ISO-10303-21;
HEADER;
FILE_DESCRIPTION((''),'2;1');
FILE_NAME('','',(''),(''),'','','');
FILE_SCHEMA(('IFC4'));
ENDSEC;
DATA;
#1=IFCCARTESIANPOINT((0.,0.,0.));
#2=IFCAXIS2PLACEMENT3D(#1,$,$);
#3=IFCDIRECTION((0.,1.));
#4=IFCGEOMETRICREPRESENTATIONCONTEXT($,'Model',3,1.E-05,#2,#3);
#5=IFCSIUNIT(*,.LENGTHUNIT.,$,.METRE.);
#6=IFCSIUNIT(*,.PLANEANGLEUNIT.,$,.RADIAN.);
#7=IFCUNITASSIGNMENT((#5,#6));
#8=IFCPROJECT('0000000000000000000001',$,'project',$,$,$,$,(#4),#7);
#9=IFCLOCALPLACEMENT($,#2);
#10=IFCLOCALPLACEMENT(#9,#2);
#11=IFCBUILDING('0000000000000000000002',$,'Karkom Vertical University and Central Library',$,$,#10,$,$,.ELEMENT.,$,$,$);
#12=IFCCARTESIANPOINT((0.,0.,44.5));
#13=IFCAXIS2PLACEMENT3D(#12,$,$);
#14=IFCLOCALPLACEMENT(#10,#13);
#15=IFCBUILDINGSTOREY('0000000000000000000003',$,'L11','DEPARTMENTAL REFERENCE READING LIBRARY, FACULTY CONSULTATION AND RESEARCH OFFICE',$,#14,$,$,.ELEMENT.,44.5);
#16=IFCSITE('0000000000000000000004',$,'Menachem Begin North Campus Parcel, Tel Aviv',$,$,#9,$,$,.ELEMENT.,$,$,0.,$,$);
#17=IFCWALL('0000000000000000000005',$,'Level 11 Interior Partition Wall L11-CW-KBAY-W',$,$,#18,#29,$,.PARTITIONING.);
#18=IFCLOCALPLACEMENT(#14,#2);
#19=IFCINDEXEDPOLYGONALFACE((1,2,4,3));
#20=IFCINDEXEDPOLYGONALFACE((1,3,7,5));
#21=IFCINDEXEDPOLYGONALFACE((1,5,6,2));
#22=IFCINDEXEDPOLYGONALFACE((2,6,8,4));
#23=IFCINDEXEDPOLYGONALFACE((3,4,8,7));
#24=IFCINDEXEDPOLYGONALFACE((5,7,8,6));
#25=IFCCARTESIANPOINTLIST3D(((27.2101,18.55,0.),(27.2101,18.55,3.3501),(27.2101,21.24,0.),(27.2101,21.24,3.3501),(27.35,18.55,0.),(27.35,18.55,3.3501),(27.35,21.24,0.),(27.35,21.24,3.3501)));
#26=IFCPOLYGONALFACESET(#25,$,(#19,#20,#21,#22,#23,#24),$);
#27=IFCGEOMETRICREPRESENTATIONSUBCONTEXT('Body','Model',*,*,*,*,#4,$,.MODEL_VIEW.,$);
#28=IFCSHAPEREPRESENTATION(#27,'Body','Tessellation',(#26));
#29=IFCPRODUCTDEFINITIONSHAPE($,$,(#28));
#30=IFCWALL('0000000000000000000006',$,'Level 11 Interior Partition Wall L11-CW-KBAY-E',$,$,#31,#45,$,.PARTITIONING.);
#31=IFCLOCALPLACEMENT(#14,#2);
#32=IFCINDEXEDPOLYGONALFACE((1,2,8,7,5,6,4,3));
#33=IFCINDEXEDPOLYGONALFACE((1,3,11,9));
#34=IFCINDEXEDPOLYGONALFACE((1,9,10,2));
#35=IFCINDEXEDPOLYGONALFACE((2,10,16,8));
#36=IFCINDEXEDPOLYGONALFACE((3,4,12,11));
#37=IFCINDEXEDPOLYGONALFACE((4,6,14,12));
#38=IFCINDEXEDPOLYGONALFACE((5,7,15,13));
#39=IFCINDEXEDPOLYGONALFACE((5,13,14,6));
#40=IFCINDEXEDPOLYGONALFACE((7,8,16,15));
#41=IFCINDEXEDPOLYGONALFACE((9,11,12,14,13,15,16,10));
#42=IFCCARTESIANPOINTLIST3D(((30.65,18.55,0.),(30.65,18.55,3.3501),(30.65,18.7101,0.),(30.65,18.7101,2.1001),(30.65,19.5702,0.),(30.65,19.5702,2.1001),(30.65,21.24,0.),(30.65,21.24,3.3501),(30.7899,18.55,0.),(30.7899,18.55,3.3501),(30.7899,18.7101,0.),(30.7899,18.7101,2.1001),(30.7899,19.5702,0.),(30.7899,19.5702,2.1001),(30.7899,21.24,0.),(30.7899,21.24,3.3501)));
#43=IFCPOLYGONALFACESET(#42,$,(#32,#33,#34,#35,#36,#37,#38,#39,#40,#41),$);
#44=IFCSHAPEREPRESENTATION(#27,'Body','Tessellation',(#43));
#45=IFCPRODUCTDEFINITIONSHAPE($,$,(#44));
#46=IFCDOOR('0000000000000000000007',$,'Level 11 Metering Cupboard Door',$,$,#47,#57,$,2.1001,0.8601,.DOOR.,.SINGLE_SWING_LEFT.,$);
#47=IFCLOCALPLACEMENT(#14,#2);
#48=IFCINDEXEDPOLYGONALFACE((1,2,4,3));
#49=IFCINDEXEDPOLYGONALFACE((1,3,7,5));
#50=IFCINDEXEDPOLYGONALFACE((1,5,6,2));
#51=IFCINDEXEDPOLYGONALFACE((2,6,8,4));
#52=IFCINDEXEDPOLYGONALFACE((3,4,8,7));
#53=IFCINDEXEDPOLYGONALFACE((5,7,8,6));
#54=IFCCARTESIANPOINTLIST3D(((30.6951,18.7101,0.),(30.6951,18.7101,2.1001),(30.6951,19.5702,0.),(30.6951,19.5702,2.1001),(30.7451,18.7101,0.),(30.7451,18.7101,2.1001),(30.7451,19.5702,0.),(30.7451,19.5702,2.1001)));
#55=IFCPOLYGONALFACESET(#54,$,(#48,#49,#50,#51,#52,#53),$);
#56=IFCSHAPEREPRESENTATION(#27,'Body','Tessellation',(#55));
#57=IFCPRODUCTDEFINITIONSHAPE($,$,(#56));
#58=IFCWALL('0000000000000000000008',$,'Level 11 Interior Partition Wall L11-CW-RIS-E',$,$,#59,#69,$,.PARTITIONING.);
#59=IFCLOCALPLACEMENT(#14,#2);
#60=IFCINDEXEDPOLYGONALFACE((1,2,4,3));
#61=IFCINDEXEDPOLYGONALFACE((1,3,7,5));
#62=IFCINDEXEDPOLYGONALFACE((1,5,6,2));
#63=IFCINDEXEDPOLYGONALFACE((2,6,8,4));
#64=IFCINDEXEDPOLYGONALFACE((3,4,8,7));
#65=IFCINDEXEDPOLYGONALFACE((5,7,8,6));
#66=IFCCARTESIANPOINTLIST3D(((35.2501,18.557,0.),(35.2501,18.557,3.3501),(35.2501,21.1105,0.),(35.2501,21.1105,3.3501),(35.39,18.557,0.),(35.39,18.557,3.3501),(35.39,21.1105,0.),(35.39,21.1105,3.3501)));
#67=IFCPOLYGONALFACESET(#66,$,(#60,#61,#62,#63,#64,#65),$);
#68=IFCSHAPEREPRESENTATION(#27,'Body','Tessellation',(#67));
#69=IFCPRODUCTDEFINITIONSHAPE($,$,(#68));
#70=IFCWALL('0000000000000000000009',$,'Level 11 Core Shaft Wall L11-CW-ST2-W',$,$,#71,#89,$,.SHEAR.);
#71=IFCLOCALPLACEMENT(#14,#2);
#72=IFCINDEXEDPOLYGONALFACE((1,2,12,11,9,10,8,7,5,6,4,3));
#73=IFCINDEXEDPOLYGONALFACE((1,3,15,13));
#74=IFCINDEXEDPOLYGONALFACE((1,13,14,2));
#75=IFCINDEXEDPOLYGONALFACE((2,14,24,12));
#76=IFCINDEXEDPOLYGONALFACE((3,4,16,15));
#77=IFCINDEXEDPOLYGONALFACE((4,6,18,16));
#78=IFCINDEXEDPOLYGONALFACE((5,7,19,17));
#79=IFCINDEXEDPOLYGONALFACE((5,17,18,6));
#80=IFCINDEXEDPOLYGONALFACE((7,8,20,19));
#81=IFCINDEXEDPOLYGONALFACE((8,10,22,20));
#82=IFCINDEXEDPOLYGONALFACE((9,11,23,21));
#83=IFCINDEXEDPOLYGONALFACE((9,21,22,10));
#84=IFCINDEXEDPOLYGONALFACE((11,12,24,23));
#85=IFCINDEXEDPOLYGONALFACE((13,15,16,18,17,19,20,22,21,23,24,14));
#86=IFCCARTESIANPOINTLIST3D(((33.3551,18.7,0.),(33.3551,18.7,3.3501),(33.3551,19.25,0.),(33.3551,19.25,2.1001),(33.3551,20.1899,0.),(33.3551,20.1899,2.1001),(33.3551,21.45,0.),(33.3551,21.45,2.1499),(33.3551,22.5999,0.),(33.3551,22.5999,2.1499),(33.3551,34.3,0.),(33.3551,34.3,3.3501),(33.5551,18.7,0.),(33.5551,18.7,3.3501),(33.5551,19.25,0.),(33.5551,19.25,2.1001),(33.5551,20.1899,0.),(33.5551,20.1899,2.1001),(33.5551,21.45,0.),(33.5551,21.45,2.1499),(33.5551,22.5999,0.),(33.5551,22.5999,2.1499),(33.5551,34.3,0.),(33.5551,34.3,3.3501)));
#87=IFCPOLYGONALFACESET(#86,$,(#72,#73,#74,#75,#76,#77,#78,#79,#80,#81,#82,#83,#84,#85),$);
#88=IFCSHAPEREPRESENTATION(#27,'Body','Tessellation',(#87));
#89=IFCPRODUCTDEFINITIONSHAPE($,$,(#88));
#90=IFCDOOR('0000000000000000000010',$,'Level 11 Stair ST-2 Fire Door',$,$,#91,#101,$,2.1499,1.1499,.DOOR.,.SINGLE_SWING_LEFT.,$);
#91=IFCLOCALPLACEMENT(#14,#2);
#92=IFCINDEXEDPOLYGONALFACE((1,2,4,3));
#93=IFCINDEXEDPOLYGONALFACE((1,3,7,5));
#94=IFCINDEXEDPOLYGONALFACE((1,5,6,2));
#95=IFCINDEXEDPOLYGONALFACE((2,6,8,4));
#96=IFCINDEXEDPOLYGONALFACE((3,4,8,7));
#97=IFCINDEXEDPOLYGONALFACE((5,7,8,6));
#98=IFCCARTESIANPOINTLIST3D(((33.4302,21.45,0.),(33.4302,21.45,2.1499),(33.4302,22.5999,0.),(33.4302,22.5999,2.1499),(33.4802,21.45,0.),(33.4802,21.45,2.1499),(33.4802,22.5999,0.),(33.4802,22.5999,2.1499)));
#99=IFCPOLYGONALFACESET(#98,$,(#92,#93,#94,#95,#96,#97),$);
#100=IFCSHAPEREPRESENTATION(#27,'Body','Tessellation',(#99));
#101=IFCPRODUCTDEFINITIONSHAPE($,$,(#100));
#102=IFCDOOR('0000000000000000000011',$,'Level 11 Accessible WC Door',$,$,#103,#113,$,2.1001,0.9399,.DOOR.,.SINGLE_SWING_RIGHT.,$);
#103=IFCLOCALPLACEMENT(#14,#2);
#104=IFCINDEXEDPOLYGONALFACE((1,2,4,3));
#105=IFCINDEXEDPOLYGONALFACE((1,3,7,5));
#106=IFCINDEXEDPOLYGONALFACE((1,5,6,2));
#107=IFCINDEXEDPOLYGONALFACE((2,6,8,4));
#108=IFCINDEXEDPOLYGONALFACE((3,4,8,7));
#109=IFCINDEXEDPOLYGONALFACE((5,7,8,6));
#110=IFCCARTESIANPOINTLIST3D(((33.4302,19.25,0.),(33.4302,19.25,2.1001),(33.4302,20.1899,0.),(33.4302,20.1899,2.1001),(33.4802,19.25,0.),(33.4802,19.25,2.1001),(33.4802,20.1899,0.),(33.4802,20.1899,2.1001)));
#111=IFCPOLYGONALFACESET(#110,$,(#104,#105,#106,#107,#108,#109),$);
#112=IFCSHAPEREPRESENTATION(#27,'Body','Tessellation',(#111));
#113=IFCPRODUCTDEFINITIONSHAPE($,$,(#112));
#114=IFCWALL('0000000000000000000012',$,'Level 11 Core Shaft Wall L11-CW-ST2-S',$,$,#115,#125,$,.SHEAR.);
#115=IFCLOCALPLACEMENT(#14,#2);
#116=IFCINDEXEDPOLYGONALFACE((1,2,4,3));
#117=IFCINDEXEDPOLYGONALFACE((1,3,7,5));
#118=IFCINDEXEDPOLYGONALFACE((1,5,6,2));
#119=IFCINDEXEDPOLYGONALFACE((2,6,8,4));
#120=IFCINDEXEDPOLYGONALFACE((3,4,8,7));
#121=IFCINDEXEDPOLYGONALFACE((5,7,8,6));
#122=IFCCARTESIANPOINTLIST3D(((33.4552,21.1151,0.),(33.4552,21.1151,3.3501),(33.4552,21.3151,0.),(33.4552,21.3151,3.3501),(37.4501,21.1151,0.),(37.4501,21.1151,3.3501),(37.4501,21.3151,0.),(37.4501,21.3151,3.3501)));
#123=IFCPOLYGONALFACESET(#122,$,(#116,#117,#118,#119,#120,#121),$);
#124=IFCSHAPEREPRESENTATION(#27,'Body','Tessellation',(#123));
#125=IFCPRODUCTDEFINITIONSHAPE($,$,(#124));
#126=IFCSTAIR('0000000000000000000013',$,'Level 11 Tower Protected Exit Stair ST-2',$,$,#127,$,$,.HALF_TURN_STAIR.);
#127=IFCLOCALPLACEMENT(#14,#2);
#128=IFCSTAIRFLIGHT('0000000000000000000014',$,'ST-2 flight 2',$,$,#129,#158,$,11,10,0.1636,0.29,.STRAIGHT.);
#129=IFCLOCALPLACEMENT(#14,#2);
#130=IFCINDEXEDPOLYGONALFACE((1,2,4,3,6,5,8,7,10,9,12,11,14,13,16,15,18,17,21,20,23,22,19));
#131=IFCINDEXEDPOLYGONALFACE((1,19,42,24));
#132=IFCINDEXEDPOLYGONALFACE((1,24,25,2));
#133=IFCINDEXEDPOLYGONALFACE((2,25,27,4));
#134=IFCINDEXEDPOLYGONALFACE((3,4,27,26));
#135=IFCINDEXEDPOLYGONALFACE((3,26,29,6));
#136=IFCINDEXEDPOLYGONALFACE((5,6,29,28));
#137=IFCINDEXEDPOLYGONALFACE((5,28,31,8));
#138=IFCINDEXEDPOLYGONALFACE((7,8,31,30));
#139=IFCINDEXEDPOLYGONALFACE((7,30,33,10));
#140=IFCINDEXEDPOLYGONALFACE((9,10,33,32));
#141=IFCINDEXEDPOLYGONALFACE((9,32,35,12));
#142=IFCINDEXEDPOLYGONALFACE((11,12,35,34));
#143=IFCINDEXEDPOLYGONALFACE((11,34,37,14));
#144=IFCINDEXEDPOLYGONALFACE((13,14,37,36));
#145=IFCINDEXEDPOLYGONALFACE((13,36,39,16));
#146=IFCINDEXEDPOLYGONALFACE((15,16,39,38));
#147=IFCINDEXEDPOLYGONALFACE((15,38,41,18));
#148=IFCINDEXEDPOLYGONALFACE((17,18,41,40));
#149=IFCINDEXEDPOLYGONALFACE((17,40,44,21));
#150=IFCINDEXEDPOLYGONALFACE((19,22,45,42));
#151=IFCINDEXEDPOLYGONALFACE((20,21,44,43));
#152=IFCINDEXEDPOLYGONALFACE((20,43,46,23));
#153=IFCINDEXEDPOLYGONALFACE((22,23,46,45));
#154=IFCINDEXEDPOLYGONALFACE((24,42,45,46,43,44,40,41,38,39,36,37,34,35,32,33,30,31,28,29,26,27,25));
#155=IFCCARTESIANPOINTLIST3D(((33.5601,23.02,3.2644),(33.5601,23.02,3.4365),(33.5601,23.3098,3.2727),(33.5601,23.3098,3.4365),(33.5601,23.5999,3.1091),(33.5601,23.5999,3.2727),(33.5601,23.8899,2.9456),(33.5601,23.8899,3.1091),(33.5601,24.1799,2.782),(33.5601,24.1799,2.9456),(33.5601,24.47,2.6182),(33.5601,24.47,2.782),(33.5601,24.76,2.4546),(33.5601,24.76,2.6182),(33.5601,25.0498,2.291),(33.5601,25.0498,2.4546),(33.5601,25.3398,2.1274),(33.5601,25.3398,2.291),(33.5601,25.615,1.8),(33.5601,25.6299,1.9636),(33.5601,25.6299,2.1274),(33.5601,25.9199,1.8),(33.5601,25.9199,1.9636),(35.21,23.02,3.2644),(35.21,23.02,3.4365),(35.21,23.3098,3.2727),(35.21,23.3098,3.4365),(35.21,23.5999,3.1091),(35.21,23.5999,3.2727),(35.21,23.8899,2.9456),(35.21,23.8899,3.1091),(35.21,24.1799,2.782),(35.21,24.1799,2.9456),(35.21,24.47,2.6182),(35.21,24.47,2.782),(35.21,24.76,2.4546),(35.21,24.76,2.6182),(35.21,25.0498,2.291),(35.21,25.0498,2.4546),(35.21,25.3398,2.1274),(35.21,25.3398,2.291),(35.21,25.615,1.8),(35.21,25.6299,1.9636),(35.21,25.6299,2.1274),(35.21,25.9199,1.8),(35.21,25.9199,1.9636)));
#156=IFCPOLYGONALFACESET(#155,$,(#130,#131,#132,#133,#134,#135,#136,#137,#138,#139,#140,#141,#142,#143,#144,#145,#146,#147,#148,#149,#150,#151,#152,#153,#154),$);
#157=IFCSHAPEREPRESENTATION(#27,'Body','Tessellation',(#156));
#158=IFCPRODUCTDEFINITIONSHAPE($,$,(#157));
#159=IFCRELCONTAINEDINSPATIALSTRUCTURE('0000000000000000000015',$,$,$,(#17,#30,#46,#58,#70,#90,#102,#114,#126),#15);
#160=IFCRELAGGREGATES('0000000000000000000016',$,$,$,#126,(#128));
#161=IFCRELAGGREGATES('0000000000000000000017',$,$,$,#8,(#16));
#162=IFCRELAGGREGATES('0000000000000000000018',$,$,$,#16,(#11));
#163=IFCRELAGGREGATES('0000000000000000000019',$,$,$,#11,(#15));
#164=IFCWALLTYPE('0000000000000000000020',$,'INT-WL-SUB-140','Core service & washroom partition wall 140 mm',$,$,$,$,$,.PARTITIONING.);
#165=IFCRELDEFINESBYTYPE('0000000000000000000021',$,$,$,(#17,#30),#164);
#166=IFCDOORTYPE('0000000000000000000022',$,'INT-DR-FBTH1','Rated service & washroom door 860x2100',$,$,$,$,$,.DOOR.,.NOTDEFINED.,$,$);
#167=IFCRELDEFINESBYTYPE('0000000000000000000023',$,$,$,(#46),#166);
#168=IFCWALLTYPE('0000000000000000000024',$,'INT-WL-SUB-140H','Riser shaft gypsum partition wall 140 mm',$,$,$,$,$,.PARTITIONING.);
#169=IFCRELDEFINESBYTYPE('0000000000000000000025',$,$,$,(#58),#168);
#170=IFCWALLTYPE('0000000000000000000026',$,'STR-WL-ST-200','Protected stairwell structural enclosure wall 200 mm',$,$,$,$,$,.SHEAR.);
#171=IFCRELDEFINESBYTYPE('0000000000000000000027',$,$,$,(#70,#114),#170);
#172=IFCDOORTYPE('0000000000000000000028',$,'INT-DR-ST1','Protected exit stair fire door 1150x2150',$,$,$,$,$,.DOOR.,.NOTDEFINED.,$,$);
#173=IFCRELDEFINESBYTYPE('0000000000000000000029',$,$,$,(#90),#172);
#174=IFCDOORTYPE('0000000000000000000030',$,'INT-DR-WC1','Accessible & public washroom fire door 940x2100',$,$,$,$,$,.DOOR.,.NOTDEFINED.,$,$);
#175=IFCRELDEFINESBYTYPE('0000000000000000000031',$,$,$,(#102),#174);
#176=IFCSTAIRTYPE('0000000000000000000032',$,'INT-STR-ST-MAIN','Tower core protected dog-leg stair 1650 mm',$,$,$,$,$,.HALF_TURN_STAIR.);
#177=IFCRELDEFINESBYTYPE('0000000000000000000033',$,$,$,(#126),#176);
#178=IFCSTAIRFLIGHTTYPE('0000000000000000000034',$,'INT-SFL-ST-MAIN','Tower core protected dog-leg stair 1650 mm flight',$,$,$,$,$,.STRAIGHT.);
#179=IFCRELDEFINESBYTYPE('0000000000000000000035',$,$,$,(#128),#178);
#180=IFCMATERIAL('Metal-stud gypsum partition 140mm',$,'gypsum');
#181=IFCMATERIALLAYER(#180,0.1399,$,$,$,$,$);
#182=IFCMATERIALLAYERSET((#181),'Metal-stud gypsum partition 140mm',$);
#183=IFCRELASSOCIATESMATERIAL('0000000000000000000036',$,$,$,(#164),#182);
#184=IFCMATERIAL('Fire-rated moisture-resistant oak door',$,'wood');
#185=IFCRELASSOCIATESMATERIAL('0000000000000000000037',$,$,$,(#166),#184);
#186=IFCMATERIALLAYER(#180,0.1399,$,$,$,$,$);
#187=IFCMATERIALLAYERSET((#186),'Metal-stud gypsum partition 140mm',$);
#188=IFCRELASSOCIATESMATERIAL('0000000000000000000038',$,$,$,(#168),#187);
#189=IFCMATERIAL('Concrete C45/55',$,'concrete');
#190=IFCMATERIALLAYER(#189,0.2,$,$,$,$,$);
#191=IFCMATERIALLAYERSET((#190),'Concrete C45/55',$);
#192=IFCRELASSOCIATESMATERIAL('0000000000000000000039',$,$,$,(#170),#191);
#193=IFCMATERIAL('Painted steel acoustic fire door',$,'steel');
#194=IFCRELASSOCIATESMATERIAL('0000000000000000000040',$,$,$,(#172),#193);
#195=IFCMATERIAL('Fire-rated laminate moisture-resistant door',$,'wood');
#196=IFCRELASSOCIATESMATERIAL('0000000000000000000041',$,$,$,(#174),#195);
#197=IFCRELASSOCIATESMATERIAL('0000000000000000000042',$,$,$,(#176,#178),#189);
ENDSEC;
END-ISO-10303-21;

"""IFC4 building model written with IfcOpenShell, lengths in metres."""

from ifc_helpers import new_model, si_unit, direction, frame, frame_2d, origin, origin_with_axes, place, context, subcontext, project, spatial, polyline, rectangle, outline, extrude, source, transform, mapped, material, layer, layer_set, type_object, element, fill, aggregate, save


model = new_model("IFC4")

# Units and contexts
model_context = context("Model", 3, precision=1e-05, world=origin(), true_north=direction((0.0, 1.0)))
body_context = subcontext(model_context, "Body", "Model", "MODEL_VIEW")
ifc_project = project(units=[si_unit("LENGTHUNIT", "METRE"), si_unit("PLANEANGLEUNIT", "RADIAN")], contexts=[model_context])

# Site, building, storey
site_placement = place(None, origin())
site = spatial("IfcSite", under=ifc_project, at=site_placement, Name="Menachem Begin North Campus Parcel, Tel Aviv", CompositionType="ELEMENT", RefElevation=0.0)
building_placement = place(site_placement, origin())
building = spatial("IfcBuilding", under=site, at=building_placement, Name="Karkom Vertical University and Central Library", CompositionType="ELEMENT")
storey_placement = place(building_placement, frame((0.0, 0.0, 44.5)))
storey = spatial("IfcBuildingStorey", under=building, at=storey_placement, Name="L11", Description="DEPARTMENTAL REFERENCE READING LIBRARY, FACULTY CONSULTATION AND RESEARCH OFFICE", CompositionType="ELEMENT", Elevation=44.5)

# Shared definitions
ifc_material_1 = material(Name="Metal-stud gypsum partition 140mm", Category="gypsum")
ifc_layer_1 = layer(ifc_material_1, 0.1399)
ifc_layer_set_1 = layer_set([ifc_layer_1], Name="Metal-stud gypsum partition 140mm")
wall_type_1 = type_object("IfcWallType", Name="INT-WL-SUB-140", Description="Core service & washroom partition wall 140 mm", PredefinedType="PARTITIONING", material=ifc_layer_set_1)

# Wall
wall_1_placement = place(storey_placement, frame((27.28, 18.55, 0.0), z_axis=(0.0, 0.0, 1.0), x_axis=(0.0, 1.0, 0.0)))
element("IfcWall", 1, at=wall_1_placement, inside=storey, type_object=wall_type_1, Name="Level 11 Interior Partition Wall L11-CW-KBAY-W", PredefinedType="PARTITIONING", context=body_context, shape_type="SweptSolid", body=[
    extrude(rectangle(XDim=2.6899, YDim=0.1399, at=frame_2d((1.345, 0.0))), origin(), (0.0, 0.0, 1.0), 3.3501),
])

# Wall, opening, door
wall_2_placement = place(storey_placement, frame((30.72, 18.55, 0.0), z_axis=(0.0, 0.0, 1.0), x_axis=(0.0, 1.0, 0.0)))
wall_2 = element("IfcWall", 2, at=wall_2_placement, inside=storey, type_object=wall_type_1, Name="Level 11 Interior Partition Wall L11-CW-KBAY-E", PredefinedType="PARTITIONING", context=body_context, shape_type="SweptSolid", body=[
    extrude(rectangle(XDim=2.6899, YDim=0.1399, at=frame_2d((1.345, 0.0))), origin(), (0.0, 0.0, 1.0), 3.3501),
])
opening_1_placement = place(wall_2_placement, frame((0.1599, 0.0, 0.0)))
opening_1 = element("IfcOpeningElement", 3, at=opening_1_placement, cuts=wall_2, PredefinedType="OPENING", context=body_context, shape_type="SweptSolid", body=[
    extrude(rectangle(XDim=0.8601, YDim=2.1001, at=frame_2d((0.4302, 1.05))), frame((0.0, 0.0801, 0.0), z_axis=(0.0, -1.0, 0.0), x_axis=(1.0, 0.0, 0.0)), (0.0, 0.0, 1.0), 0.1599),
])
ifc_material_2 = material(Name="Fire-rated moisture-resistant oak door", Category="wood")
door_type_1 = type_object("IfcDoorType", Name="INT-DR-FBTH1", Description="Rated service & washroom door 860x2100", OperationType="NOTDEFINED", PredefinedType="DOOR", material=ifc_material_2)
shared_shape_1 = source(origin_with_axes(), body_context, "Body", "SweptSolid", [
    extrude(rectangle(XDim=0.8601, YDim=2.1001, at=frame_2d((0.4302, 1.05))), frame((0.0, 0.0249, 0.0), z_axis=(0.0, -1.0, 0.0), x_axis=(1.0, 0.0, 0.0)), (0.0, 0.0, 1.0), 0.05),
])
door_1_placement = place(opening_1_placement, origin())
door_1 = element("IfcDoor", 4, at=door_1_placement, inside=storey, type_object=door_type_1, Name="Level 11 Metering Cupboard Door", OperationType="SINGLE_SWING_LEFT", OverallHeight=2.1001, OverallWidth=0.8601, PredefinedType="DOOR", context=body_context, shape_type="MappedRepresentation", body=[
    mapped(shared_shape_1, transform((0.0, 0.0, 0.0), scale=1.0)),
])
fill(opening_1, door_1)

# Wall
ifc_layer_2 = layer(ifc_material_1, 0.1399)
ifc_layer_set_2 = layer_set([ifc_layer_2], Name="Metal-stud gypsum partition 140mm")
wall_type_2 = type_object("IfcWallType", Name="INT-WL-SUB-140H", Description="Riser shaft gypsum partition wall 140 mm", PredefinedType="PARTITIONING", material=ifc_layer_set_2)
wall_3_placement = place(storey_placement, frame((35.3201, 18.5569, 0.0), z_axis=(0.0, 0.0, 1.0), x_axis=(0.0, 1.0, 0.0)))
element("IfcWall", 5, at=wall_3_placement, inside=storey, type_object=wall_type_2, Name="Level 11 Interior Partition Wall L11-CW-RIS-E", PredefinedType="PARTITIONING", context=body_context, shape_type="SweptSolid", body=[
    extrude(rectangle(XDim=2.5535, YDim=0.1399, at=frame_2d((1.2769, 0.0))), origin(), (0.0, 0.0, 1.0), 3.3501),
])

# Wall, openings, doors
ifc_material_3 = material(Name="Concrete C45/55", Category="concrete")
ifc_layer_3 = layer(ifc_material_3, 0.2)
ifc_layer_set_3 = layer_set([ifc_layer_3], Name="Concrete C45/55")
wall_type_3 = type_object("IfcWallType", Name="STR-WL-ST-200", Description="Protected stairwell structural enclosure wall 200 mm", PredefinedType="SHEAR", material=ifc_layer_set_3)
wall_4_placement = place(storey_placement, frame((33.4551, 18.7, 0.0), z_axis=(0.0, 0.0, 1.0), x_axis=(0.0, 1.0, 0.0)))
wall_4 = element("IfcWall", 6, at=wall_4_placement, inside=storey, type_object=wall_type_3, Name="Level 11 Core Shaft Wall L11-CW-ST2-W", PredefinedType="SHEAR", context=body_context, shape_type="SweptSolid", body=[
    extrude(rectangle(XDim=15.6001, YDim=0.2, at=frame_2d((7.8, 0.0))), origin(), (0.0, 0.0, 1.0), 3.3501),
])
opening_2_placement = place(wall_4_placement, frame((2.75, 0.0, 0.0)))
opening_2 = element("IfcOpeningElement", 7, at=opening_2_placement, cuts=wall_4, PredefinedType="OPENING", context=body_context, shape_type="SweptSolid", body=[
    extrude(rectangle(XDim=1.1499, YDim=2.1499, at=frame_2d((0.575, 1.075))), frame((0.0, 0.1099, 0.0), z_axis=(0.0, -1.0, 0.0), x_axis=(1.0, 0.0, 0.0)), (0.0, 0.0, 1.0), 0.22),
])
opening_3_placement = place(wall_4_placement, frame((0.55, 0.0, 0.0)))
opening_3 = element("IfcOpeningElement", 8, at=opening_3_placement, cuts=wall_4, PredefinedType="OPENING", context=body_context, shape_type="SweptSolid", body=[
    extrude(rectangle(XDim=0.9399, YDim=2.1001, at=frame_2d((0.47, 1.05))), frame((0.0, 0.1099, 0.0), z_axis=(0.0, -1.0, 0.0), x_axis=(1.0, 0.0, 0.0)), (0.0, 0.0, 1.0), 0.22),
])
ifc_material_4 = material(Name="Painted steel acoustic fire door", Category="steel")
door_type_2 = type_object("IfcDoorType", Name="INT-DR-ST1", Description="Protected exit stair fire door 1150x2150", OperationType="NOTDEFINED", PredefinedType="DOOR", material=ifc_material_4)
shared_shape_2 = source(origin_with_axes(), body_context, "Body", "SweptSolid", [
    extrude(rectangle(XDim=1.1499, YDim=2.1499, at=frame_2d((0.575, 1.075))), frame((0.0, 0.0249, 0.0), z_axis=(0.0, -1.0, 0.0), x_axis=(1.0, 0.0, 0.0)), (0.0, 0.0, 1.0), 0.05),
])
door_2_placement = place(opening_2_placement, origin())
door_2 = element("IfcDoor", 9, at=door_2_placement, inside=storey, type_object=door_type_2, Name="Level 11 Stair ST-2 Fire Door", OperationType="SINGLE_SWING_LEFT", OverallHeight=2.1499, OverallWidth=1.1499, PredefinedType="DOOR", context=body_context, shape_type="MappedRepresentation", body=[
    mapped(shared_shape_2, transform((0.0, 0.0, 0.0), scale=1.0)),
])
fill(opening_2, door_2)
ifc_material_5 = material(Name="Fire-rated laminate moisture-resistant door", Category="wood")
door_type_3 = type_object("IfcDoorType", Name="INT-DR-WC1", Description="Accessible & public washroom fire door 940x2100", OperationType="NOTDEFINED", PredefinedType="DOOR", material=ifc_material_5)
shared_shape_3 = source(origin_with_axes(), body_context, "Body", "SweptSolid", [
    extrude(rectangle(XDim=0.9399, YDim=2.1001, at=frame_2d((0.47, 1.05))), frame((0.0, 0.0249, 0.0), z_axis=(0.0, -1.0, 0.0), x_axis=(1.0, 0.0, 0.0)), (0.0, 0.0, 1.0), 0.05),
])
door_3_placement = place(opening_3_placement, origin())
door_3 = element("IfcDoor", 10, at=door_3_placement, inside=storey, type_object=door_type_3, Name="Level 11 Accessible WC Door", OperationType="SINGLE_SWING_RIGHT", OverallHeight=2.1001, OverallWidth=0.9399, PredefinedType="DOOR", context=body_context, shape_type="MappedRepresentation", body=[
    mapped(shared_shape_3, transform((0.0, 0.0, 0.0), scale=1.0)),
])
fill(opening_3, door_3)

# Wall
wall_5_placement = place(storey_placement, frame((33.4551, 21.2151, 0.0), z_axis=(0.0, 0.0, 1.0), x_axis=(1.0, 0.0, 0.0)))
element("IfcWall", 11, at=wall_5_placement, inside=storey, type_object=wall_type_3, Name="Level 11 Core Shaft Wall L11-CW-ST2-S", PredefinedType="SHEAR", context=body_context, shape_type="SweptSolid", body=[
    extrude(rectangle(XDim=3.9949, YDim=0.2, at=frame_2d((1.9976, 0.0))), origin(), (0.0, 0.0, 1.0), 3.3501),
])

# Stair, stair flight
stair_type = type_object("IfcStairType", Name="INT-STR-ST-MAIN", Description="Tower core protected dog-leg stair 1650 mm", PredefinedType="HALF_TURN_STAIR", material=ifc_material_3)
stair_placement = place(storey_placement, origin())
stair = element("IfcStair", 12, at=stair_placement, inside=storey, type_object=stair_type, Name="Level 11 Tower Protected Exit Stair ST-2", PredefinedType="HALF_TURN_STAIR")
stair_flight_type = type_object("IfcStairFlightType", Name="INT-SFL-ST-MAIN", Description="Tower core protected dog-leg stair 1650 mm flight", PredefinedType="STRAIGHT", material=ifc_material_3)
stair_flight_placement = place(storey_placement, frame((34.385, 25.9199, 1.8), z_axis=(0.0, 0.0, 1.0), x_axis=(0.0, -1.0, 0.0)))
stair_flight = element("IfcStairFlight", 13, at=stair_flight_placement, type_object=stair_flight_type, Name="ST-2 flight 2", NumberOfRisers=11, NumberOfTreads=10, PredefinedType="STRAIGHT", RiserHeight=0.1636, TreadLength=0.29, context=body_context, shape_type="SweptSolid", body=[
    extrude(outline(polyline([(0.0, 0.0), (0.0, 0.1636), (0.29, 0.1636), (0.29, 0.3274), (0.5801, 0.3274), (0.5801, 0.491), (0.8701, 0.491), (0.8701, 0.6545), (1.1599, 0.6545), (1.1599, 0.8181), (1.45, 0.8181), (1.45, 0.9819), (1.74, 0.9819), (1.74, 1.1455), (2.03, 1.1455), (2.03, 1.3091), (2.3201, 1.3091), (2.3201, 1.4727), (2.6101, 1.4727), (2.6101, 1.6365), (2.8999, 1.6365), (2.8999, 1.8), (2.8999, 1.4644), (0.3049, 0.0), (0.0, 0.0)])), frame((0.0, 0.825, 0.0), z_axis=(0.0, -1.0, 0.0), x_axis=(1.0, 0.0, 0.0)), (0.0, 0.0, 1.0), 1.6499),
])
aggregate(stair, [stair_flight])

save(model, "model.ifc")
